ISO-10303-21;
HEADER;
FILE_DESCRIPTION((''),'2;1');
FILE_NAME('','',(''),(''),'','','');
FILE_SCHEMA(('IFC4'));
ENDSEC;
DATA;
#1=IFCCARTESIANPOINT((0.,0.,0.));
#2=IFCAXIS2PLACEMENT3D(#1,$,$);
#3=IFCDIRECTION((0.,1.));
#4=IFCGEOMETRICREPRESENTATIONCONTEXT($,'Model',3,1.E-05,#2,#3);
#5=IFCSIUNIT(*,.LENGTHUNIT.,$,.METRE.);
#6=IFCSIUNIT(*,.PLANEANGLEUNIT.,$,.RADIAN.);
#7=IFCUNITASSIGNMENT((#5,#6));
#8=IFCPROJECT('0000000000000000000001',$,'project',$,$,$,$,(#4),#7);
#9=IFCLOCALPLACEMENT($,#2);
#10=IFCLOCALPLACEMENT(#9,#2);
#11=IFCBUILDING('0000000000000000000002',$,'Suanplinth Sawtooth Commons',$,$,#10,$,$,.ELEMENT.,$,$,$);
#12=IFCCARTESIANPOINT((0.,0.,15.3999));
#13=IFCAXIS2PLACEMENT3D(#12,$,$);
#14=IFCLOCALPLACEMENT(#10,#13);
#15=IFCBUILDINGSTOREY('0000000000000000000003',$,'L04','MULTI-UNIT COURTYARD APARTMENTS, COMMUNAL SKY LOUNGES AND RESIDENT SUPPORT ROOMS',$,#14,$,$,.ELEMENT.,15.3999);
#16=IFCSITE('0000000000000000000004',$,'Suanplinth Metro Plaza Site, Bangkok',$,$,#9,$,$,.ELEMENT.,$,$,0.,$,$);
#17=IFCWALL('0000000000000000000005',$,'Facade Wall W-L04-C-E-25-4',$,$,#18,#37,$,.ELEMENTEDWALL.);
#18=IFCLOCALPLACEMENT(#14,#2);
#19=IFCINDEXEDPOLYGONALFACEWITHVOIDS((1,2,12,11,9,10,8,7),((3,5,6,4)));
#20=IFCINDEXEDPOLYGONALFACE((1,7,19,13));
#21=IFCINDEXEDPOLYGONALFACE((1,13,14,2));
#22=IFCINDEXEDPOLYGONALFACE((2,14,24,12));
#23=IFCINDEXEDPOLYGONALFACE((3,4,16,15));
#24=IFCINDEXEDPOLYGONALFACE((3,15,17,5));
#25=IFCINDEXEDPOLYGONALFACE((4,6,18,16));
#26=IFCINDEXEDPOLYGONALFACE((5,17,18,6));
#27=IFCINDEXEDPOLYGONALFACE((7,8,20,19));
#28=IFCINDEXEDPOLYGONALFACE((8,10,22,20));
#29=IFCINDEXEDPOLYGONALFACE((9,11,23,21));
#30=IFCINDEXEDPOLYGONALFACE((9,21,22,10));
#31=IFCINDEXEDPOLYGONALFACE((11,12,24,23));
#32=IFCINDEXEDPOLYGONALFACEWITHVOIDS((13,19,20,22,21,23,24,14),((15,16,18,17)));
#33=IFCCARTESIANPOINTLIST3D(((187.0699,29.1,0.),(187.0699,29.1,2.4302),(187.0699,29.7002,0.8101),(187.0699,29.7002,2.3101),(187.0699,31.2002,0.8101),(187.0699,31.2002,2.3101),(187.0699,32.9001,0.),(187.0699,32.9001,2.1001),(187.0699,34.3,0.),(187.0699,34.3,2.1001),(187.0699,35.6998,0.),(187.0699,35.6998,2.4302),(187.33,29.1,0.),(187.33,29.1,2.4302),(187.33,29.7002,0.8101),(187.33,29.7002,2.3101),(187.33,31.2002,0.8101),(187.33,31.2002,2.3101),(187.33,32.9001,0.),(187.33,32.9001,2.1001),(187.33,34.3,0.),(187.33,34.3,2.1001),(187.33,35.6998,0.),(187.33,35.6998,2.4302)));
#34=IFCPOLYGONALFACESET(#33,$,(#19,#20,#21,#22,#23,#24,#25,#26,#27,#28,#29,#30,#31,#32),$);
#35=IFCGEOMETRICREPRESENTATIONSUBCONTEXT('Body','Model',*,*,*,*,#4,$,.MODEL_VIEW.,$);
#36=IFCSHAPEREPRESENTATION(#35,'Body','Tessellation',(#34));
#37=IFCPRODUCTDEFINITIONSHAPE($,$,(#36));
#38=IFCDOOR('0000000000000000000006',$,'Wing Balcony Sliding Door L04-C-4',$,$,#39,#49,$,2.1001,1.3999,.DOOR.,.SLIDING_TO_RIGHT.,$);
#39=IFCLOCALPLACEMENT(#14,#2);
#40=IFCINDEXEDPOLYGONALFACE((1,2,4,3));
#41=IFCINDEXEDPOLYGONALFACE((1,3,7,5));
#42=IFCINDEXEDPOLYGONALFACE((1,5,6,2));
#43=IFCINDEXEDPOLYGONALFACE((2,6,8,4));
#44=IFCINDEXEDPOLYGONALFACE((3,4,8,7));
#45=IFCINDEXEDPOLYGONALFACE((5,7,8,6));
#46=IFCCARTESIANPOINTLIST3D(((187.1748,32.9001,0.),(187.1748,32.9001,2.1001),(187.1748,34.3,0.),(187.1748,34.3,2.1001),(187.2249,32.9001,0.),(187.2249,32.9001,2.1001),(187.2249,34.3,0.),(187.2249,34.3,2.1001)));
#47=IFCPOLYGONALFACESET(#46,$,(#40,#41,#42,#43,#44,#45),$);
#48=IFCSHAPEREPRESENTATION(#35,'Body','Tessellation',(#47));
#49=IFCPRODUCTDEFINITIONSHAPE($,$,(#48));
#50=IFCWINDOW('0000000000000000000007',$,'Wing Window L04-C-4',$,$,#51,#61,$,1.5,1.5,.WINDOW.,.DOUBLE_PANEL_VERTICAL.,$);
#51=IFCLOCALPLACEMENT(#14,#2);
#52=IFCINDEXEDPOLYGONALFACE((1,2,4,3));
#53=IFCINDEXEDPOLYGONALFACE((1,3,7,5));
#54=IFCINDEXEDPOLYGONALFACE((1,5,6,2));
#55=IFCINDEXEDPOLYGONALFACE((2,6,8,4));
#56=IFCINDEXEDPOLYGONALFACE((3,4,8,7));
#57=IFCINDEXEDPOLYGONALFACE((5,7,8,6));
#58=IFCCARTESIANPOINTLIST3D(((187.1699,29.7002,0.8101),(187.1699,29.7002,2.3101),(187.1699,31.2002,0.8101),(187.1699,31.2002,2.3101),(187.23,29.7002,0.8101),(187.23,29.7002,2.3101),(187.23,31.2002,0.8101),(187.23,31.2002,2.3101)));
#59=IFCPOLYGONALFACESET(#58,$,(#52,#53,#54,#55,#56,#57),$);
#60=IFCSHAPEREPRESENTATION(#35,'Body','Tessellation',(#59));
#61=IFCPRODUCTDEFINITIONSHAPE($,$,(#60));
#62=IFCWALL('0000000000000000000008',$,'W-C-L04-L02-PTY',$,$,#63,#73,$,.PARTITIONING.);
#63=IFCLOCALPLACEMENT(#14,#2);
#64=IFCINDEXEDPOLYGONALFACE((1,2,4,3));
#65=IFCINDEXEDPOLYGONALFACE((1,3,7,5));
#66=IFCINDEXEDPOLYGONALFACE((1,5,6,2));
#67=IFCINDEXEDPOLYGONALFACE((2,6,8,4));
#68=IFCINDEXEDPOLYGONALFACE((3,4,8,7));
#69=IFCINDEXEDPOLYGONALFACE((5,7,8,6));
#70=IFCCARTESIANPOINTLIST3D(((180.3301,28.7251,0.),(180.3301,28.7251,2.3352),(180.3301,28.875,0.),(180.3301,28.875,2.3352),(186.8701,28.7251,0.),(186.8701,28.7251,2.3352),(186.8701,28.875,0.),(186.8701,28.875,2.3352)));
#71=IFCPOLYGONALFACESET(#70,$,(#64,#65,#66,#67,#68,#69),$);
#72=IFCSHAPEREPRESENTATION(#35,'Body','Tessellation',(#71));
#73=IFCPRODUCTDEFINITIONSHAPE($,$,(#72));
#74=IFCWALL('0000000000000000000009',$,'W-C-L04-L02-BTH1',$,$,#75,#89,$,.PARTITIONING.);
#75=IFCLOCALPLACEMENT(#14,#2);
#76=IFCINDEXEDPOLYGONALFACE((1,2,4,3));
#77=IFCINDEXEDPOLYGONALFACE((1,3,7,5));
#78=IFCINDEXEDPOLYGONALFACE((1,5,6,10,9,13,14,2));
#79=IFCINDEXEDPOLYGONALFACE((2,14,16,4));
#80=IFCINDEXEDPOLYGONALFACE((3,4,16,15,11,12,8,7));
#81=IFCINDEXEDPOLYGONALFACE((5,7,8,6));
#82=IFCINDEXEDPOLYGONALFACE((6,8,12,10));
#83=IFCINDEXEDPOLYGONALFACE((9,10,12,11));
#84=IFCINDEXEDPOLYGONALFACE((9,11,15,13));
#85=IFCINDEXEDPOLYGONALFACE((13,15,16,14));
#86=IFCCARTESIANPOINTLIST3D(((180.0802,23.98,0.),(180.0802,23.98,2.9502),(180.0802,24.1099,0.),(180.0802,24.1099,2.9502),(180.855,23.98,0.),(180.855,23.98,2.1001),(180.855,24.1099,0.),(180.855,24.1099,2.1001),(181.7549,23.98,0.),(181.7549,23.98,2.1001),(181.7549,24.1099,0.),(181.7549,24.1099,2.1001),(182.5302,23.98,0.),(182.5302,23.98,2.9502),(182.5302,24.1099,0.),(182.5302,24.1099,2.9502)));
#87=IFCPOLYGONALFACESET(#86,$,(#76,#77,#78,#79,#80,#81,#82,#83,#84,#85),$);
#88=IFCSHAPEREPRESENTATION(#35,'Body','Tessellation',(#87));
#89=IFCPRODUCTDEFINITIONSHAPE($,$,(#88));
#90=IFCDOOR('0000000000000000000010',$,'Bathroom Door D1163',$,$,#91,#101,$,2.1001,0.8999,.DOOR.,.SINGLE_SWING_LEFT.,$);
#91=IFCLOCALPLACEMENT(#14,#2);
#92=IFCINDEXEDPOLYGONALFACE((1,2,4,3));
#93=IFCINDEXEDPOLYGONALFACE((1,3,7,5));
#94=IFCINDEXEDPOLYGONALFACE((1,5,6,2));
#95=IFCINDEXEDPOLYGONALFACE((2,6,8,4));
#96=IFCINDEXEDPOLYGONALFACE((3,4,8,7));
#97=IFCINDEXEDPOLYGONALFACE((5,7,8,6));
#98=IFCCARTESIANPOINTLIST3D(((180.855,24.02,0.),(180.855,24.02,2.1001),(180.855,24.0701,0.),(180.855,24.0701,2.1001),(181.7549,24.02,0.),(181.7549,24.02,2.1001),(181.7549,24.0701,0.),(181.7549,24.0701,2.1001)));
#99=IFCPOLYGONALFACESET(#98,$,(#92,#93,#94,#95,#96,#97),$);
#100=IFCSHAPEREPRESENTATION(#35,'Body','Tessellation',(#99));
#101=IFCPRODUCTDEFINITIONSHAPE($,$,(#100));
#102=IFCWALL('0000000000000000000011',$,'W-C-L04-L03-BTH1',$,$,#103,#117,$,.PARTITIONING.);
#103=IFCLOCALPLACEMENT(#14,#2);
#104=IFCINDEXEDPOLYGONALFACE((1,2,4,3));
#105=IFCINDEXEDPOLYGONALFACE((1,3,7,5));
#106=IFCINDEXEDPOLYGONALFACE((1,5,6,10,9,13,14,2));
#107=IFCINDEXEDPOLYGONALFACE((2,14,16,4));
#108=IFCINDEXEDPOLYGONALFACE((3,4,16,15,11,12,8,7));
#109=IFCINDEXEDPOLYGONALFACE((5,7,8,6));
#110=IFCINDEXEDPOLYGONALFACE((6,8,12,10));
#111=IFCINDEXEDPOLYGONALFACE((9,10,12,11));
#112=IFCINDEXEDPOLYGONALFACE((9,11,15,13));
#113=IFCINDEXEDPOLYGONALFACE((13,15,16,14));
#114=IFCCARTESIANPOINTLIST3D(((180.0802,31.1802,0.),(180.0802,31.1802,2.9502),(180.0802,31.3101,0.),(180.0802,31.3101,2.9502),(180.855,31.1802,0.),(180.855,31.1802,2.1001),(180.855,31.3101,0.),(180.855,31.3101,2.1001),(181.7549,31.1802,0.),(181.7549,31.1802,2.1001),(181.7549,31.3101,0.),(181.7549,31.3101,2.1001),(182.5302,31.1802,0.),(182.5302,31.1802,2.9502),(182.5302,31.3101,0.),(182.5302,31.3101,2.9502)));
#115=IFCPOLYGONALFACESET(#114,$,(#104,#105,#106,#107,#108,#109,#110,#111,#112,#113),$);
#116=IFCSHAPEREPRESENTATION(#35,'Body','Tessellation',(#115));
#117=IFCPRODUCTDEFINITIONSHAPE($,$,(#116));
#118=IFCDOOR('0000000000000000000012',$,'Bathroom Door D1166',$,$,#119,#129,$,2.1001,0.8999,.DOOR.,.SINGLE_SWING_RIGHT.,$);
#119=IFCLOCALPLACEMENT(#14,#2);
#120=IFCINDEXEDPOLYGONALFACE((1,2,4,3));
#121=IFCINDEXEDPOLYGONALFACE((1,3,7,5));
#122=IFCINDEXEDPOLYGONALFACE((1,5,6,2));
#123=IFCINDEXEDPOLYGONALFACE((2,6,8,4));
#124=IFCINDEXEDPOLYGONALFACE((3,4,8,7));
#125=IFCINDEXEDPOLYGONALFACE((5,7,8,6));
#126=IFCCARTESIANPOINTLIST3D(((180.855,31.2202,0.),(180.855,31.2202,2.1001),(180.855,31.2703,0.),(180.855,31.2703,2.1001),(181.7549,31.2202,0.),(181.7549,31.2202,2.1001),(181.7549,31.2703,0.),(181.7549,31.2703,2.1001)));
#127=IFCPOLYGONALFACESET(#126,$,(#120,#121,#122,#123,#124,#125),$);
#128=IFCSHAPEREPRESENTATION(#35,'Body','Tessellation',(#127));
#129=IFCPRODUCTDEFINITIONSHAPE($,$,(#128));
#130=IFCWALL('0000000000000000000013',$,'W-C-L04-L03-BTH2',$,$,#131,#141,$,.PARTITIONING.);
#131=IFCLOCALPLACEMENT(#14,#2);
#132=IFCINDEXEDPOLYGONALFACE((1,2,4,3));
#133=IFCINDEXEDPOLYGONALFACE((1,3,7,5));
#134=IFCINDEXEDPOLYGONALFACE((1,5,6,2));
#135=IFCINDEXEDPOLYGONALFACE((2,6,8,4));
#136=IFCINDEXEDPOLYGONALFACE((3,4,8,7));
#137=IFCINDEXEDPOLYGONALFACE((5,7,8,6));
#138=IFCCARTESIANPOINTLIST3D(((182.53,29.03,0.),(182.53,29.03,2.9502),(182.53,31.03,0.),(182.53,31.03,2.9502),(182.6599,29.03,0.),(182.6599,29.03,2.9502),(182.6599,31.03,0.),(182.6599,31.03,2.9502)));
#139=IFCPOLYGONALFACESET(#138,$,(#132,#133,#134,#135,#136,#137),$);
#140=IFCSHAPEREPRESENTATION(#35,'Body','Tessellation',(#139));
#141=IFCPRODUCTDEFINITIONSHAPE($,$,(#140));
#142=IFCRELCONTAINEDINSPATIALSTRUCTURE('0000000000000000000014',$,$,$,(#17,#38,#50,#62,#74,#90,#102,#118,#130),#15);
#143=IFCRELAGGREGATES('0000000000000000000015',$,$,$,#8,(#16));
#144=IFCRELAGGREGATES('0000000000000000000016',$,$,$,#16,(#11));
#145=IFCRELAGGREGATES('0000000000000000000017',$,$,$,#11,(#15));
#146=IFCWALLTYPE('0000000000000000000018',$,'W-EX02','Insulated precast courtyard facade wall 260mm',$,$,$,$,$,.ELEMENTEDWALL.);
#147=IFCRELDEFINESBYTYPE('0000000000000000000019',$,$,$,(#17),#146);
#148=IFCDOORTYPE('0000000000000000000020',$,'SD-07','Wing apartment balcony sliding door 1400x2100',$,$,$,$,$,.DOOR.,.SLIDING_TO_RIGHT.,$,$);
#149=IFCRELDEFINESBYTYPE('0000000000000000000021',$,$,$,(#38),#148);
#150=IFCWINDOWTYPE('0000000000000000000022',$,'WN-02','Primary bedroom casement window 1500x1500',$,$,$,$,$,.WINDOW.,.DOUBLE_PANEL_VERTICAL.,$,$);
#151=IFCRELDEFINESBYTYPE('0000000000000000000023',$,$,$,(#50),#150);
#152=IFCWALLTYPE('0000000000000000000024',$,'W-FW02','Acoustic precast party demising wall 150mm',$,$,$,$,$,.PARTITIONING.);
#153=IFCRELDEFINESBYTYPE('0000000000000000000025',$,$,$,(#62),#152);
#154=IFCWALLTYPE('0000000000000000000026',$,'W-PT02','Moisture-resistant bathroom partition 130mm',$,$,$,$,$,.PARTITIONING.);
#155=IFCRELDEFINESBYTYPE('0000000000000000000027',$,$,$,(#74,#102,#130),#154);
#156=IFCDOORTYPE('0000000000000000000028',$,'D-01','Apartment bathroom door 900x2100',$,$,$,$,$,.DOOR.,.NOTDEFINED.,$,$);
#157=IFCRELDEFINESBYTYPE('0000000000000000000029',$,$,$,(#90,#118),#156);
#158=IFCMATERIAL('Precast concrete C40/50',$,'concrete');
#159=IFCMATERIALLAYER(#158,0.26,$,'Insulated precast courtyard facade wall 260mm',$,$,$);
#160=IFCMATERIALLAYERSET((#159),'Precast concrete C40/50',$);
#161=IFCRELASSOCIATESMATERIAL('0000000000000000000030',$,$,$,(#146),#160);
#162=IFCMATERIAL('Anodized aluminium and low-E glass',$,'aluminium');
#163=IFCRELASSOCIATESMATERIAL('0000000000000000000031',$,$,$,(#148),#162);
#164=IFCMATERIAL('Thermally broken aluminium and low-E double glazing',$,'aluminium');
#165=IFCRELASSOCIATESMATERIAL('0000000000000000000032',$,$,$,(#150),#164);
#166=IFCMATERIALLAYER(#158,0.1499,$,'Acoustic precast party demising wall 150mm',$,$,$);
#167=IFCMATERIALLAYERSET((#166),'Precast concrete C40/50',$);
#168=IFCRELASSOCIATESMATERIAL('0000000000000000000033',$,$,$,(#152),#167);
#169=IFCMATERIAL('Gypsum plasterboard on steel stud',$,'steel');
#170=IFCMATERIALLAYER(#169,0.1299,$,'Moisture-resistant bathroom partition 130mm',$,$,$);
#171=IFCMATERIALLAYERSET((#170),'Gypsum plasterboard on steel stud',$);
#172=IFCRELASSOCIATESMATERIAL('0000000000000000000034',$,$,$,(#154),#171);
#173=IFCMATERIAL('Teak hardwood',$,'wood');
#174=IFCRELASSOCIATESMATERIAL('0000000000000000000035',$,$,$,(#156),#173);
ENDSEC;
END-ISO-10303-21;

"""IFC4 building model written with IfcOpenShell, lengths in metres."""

from ifc_helpers import new_model, si_unit, direction, frame, frame_2d, origin, place, context, subcontext, project, spatial, rectangle, extrude, material, layer, layer_set, type_object, element, fill, save


model = new_model("IFC4")

# Units and contexts
model_context = context("Model", 3, precision=1e-05, world=origin(), true_north=direction((0.0, 1.0)))
body_context = subcontext(model_context, "Body", "Model", "MODEL_VIEW")
ifc_project = project(units=[si_unit("LENGTHUNIT", "METRE"), si_unit("PLANEANGLEUNIT", "RADIAN")], contexts=[model_context])

# Site, building, storey
site_placement = place(None, origin())
site = spatial("IfcSite", under=ifc_project, at=site_placement, Name="Suanplinth Metro Plaza Site, Bangkok", CompositionType="ELEMENT", RefElevation=0.0)
building_placement = place(site_placement, origin())
building = spatial("IfcBuilding", under=site, at=building_placement, Name="Suanplinth Sawtooth Commons", CompositionType="ELEMENT")
storey_placement = place(building_placement, frame((0.0, 0.0, 15.3999)))
storey = spatial("IfcBuildingStorey", under=building, at=storey_placement, Name="L04", Description="MULTI-UNIT COURTYARD APARTMENTS, COMMUNAL SKY LOUNGES AND RESIDENT SUPPORT ROOMS", CompositionType="ELEMENT", Elevation=15.3999)

# Shared definitions
ifc_material_1 = material(Name="Precast concrete C40/50", Category="concrete")

# Wall, openings, door, window
ifc_layer_1 = layer(ifc_material_1, 0.26, Name="Insulated precast courtyard facade wall 260mm")
ifc_layer_set_1 = layer_set([ifc_layer_1], Name="Precast concrete C40/50")
wall_type_1 = type_object("IfcWallType", Name="W-EX02", Description="Insulated precast courtyard facade wall 260mm", PredefinedType="ELEMENTEDWALL", material=ifc_layer_set_1)
ifc_material_2 = material(Name="Anodized aluminium and low-E glass", Category="aluminium")
door_type_1 = type_object("IfcDoorType", Name="SD-07", Description="Wing apartment balcony sliding door 1400x2100", OperationType="SLIDING_TO_RIGHT", PredefinedType="DOOR", material=ifc_material_2)
ifc_material_3 = material(Name="Thermally broken aluminium and low-E double glazing", Category="aluminium")
window_type = type_object("IfcWindowType", Name="WN-02", Description="Primary bedroom casement window 1500x1500", PartitioningType="DOUBLE_PANEL_VERTICAL", PredefinedType="WINDOW", material=ifc_material_3)
wall_1_placement = place(storey_placement, frame((187.2, 29.1001, 0.0), z_axis=(0.0, 0.0, 1.0), x_axis=(0.0, 1.0, 0.0)))
wall_1 = element("IfcWall", 1, at=wall_1_placement, inside=storey, type_object=wall_type_1, Name="Facade Wall W-L04-C-E-25-4", PredefinedType="ELEMENTEDWALL", context=body_context, shape_type="SweptSolid", body=[
    extrude(rectangle(XDim=6.5999, YDim=0.26, at=frame_2d((3.2998, 0.0))), origin(), (0.0, 0.0, 1.0), 2.4302),
])
opening_1_placement = place(wall_1_placement, frame((3.8, 0.0, 0.0)))
opening_1 = element("IfcOpeningElement", 2, at=opening_1_placement, cuts=wall_1, PredefinedType="OPENING", context=body_context, shape_type="SweptSolid", body=[
    extrude(rectangle(XDim=1.3999, YDim=2.1001, at=frame_2d((0.7, 1.05))), frame((0.0, 0.145, 0.0), z_axis=(0.0, -1.0, 0.0), x_axis=(1.0, 0.0, 0.0)), (0.0, 0.0, 1.0), 0.2898),
])
opening_2_placement = place(wall_1_placement, frame((0.6001, 0.0, 0.8101)))
opening_2 = element("IfcOpeningElement", 3, at=opening_2_placement, cuts=wall_1, PredefinedType="OPENING", context=body_context, shape_type="SweptSolid", body=[
    extrude(rectangle(XDim=1.5, YDim=1.5, at=frame_2d((0.75, 0.75))), frame((0.0, 0.145, 0.0), z_axis=(0.0, -1.0, 0.0), x_axis=(1.0, 0.0, 0.0)), (0.0, 0.0, 1.0), 0.2898),
])
door_1_placement = place(opening_1_placement, frame((1.3999, 0.0, 0.0), z_axis=(0.0, 0.0, 1.0), x_axis=(-1.0, 0.0, 0.0)))
door_1 = element("IfcDoor", 4, at=door_1_placement, inside=storey, type_object=door_type_1, Name="Wing Balcony Sliding Door L04-C-4", OperationType="SLIDING_TO_RIGHT", OverallHeight=2.1001, OverallWidth=1.3999, PredefinedType="DOOR", context=body_context, shape_type="SweptSolid", body=[
    extrude(rectangle(XDim=1.3999, YDim=2.1001, at=frame_2d((0.7, 1.05))), frame((0.0, 0.0249, 0.0), z_axis=(0.0, -1.0, 0.0), x_axis=(1.0, 0.0, 0.0)), (0.0, 0.0, 1.0), 0.05),
])
fill(opening_1, door_1)
window_1_placement = place(opening_2_placement, origin())
window_1 = element("IfcWindow", 5, at=window_1_placement, inside=storey, type_object=window_type, Name="Wing Window L04-C-4", OverallHeight=1.5, OverallWidth=1.5, PartitioningType="DOUBLE_PANEL_VERTICAL", PredefinedType="WINDOW", context=body_context, shape_type="SweptSolid", body=[
    extrude(rectangle(XDim=1.5, YDim=1.5, at=frame_2d((0.75, 0.75))), frame((0.0, 0.03, 0.0), z_axis=(0.0, -1.0, 0.0), x_axis=(1.0, 0.0, 0.0)), (0.0, 0.0, 1.0), 0.0601),
])
fill(opening_2, window_1)

# Wall
ifc_layer_2 = layer(ifc_material_1, 0.1499, Name="Acoustic precast party demising wall 150mm")
ifc_layer_set_2 = layer_set([ifc_layer_2], Name="Precast concrete C40/50")
wall_type_2 = type_object("IfcWallType", Name="W-FW02", Description="Acoustic precast party demising wall 150mm", PredefinedType="PARTITIONING", material=ifc_layer_set_2)
wall_2_placement = place(storey_placement, frame((180.3301, 28.8, 0.0), z_axis=(0.0, 0.0, 1.0), x_axis=(1.0, 0.0, 0.0)))
element("IfcWall", 6, at=wall_2_placement, inside=storey, type_object=wall_type_2, Name="W-C-L04-L02-PTY", PredefinedType="PARTITIONING", context=body_context, shape_type="SweptSolid", body=[
    extrude(rectangle(XDim=6.54, YDim=0.1499, at=frame_2d((3.27, 0.0))), origin(), (0.0, 0.0, 1.0), 2.3352),
])

# Walls, openings, doors
ifc_material_4 = material(Name="Gypsum plasterboard on steel stud", Category="steel")
ifc_layer_3 = layer(ifc_material_4, 0.1299, Name="Moisture-resistant bathroom partition 130mm")
ifc_layer_set_3 = layer_set([ifc_layer_3], Name="Gypsum plasterboard on steel stud")
wall_type_3 = type_object("IfcWallType", Name="W-PT02", Description="Moisture-resistant bathroom partition 130mm", PredefinedType="PARTITIONING", material=ifc_layer_set_3)
wall_3_placement = place(storey_placement, frame((180.0801, 24.0449, 0.0), z_axis=(0.0, 0.0, 1.0), x_axis=(1.0, 0.0, 0.0)))
wall_3 = element("IfcWall", 7, at=wall_3_placement, inside=storey, type_object=wall_type_3, Name="W-C-L04-L02-BTH1", PredefinedType="PARTITIONING", context=body_context, shape_type="SweptSolid", body=[
    extrude(rectangle(XDim=2.45, YDim=0.1299, at=frame_2d((1.2251, 0.0))), origin(), (0.0, 0.0, 1.0), 2.9502),
])
opening_3_placement = place(wall_3_placement, frame((0.7749, 0.0, 0.0)))
opening_3 = element("IfcOpeningElement", 8, at=opening_3_placement, cuts=wall_3, PredefinedType="OPENING", context=body_context, shape_type="SweptSolid", body=[
    extrude(rectangle(XDim=0.8999, YDim=2.1001, at=frame_2d((0.45, 1.05))), frame((0.0, 0.0798, 0.0), z_axis=(0.0, -1.0, 0.0), x_axis=(1.0, 0.0, 0.0)), (0.0, 0.0, 1.0), 0.1597),
])
ifc_material_5 = material(Name="Teak hardwood", Category="wood")
door_type_2 = type_object("IfcDoorType", Name="D-01", Description="Apartment bathroom door 900x2100", OperationType="NOTDEFINED", PredefinedType="DOOR", material=ifc_material_5)
door_2_placement = place(opening_3_placement, frame((0.8999, 0.0, 0.0), z_axis=(0.0, 0.0, 1.0), x_axis=(-1.0, 0.0, 0.0)))
door_2 = element("IfcDoor", 9, at=door_2_placement, inside=storey, type_object=door_type_2, Name="Bathroom Door D1163", OperationType="SINGLE_SWING_LEFT", OverallHeight=2.1001, OverallWidth=0.8999, PredefinedType="DOOR", context=body_context, shape_type="SweptSolid", body=[
    extrude(rectangle(XDim=0.8999, YDim=2.1001, at=frame_2d((0.45, 1.05))), frame((0.0, 0.0249, 0.0), z_axis=(0.0, -1.0, 0.0), x_axis=(1.0, 0.0, 0.0)), (0.0, 0.0, 1.0), 0.05),
])
fill(opening_3, door_2)
wall_4_placement = place(storey_placement, frame((180.0801, 31.2451, 0.0), z_axis=(0.0, 0.0, 1.0), x_axis=(1.0, 0.0, 0.0)))
wall_4 = element("IfcWall", 10, at=wall_4_placement, inside=storey, type_object=wall_type_3, Name="W-C-L04-L03-BTH1", PredefinedType="PARTITIONING", context=body_context, shape_type="SweptSolid", body=[
    extrude(rectangle(XDim=2.45, YDim=0.1299, at=frame_2d((1.2251, 0.0))), origin(), (0.0, 0.0, 1.0), 2.9502),
])
opening_4_placement = place(wall_4_placement, frame((0.7749, 0.0, 0.0)))
opening_4 = element("IfcOpeningElement", 11, at=opening_4_placement, cuts=wall_4, PredefinedType="OPENING", context=body_context, shape_type="SweptSolid", body=[
    extrude(rectangle(XDim=0.8999, YDim=2.1001, at=frame_2d((0.45, 1.05))), frame((0.0, 0.0798, 0.0), z_axis=(0.0, -1.0, 0.0), x_axis=(1.0, 0.0, 0.0)), (0.0, 0.0, 1.0), 0.1597),
])
door_3_placement = place(opening_4_placement, frame((0.8999, 0.0, 0.0), z_axis=(0.0, 0.0, 1.0), x_axis=(-1.0, 0.0, 0.0)))
door_3 = element("IfcDoor", 12, at=door_3_placement, inside=storey, type_object=door_type_2, Name="Bathroom Door D1166", OperationType="SINGLE_SWING_RIGHT", OverallHeight=2.1001, OverallWidth=0.8999, PredefinedType="DOOR", context=body_context, shape_type="SweptSolid", body=[
    extrude(rectangle(XDim=0.8999, YDim=2.1001, at=frame_2d((0.45, 1.05))), frame((0.0, 0.0249, 0.0), z_axis=(0.0, -1.0, 0.0), x_axis=(1.0, 0.0, 0.0)), (0.0, 0.0, 1.0), 0.05),
])
fill(opening_4, door_3)

# Wall
wall_5_placement = place(storey_placement, frame((182.595, 29.03, 0.0), z_axis=(0.0, 0.0, 1.0), x_axis=(0.0, 1.0, 0.0)))
element("IfcWall", 13, at=wall_5_placement, inside=storey, type_object=wall_type_3, Name="W-C-L04-L03-BTH2", PredefinedType="PARTITIONING", context=body_context, shape_type="SweptSolid", body=[
    extrude(rectangle(XDim=2.0, YDim=0.1299, at=frame_2d((1.0, 0.0))), origin(), (0.0, 0.0, 1.0), 2.9502),
])

save(model, "model.ifc")
